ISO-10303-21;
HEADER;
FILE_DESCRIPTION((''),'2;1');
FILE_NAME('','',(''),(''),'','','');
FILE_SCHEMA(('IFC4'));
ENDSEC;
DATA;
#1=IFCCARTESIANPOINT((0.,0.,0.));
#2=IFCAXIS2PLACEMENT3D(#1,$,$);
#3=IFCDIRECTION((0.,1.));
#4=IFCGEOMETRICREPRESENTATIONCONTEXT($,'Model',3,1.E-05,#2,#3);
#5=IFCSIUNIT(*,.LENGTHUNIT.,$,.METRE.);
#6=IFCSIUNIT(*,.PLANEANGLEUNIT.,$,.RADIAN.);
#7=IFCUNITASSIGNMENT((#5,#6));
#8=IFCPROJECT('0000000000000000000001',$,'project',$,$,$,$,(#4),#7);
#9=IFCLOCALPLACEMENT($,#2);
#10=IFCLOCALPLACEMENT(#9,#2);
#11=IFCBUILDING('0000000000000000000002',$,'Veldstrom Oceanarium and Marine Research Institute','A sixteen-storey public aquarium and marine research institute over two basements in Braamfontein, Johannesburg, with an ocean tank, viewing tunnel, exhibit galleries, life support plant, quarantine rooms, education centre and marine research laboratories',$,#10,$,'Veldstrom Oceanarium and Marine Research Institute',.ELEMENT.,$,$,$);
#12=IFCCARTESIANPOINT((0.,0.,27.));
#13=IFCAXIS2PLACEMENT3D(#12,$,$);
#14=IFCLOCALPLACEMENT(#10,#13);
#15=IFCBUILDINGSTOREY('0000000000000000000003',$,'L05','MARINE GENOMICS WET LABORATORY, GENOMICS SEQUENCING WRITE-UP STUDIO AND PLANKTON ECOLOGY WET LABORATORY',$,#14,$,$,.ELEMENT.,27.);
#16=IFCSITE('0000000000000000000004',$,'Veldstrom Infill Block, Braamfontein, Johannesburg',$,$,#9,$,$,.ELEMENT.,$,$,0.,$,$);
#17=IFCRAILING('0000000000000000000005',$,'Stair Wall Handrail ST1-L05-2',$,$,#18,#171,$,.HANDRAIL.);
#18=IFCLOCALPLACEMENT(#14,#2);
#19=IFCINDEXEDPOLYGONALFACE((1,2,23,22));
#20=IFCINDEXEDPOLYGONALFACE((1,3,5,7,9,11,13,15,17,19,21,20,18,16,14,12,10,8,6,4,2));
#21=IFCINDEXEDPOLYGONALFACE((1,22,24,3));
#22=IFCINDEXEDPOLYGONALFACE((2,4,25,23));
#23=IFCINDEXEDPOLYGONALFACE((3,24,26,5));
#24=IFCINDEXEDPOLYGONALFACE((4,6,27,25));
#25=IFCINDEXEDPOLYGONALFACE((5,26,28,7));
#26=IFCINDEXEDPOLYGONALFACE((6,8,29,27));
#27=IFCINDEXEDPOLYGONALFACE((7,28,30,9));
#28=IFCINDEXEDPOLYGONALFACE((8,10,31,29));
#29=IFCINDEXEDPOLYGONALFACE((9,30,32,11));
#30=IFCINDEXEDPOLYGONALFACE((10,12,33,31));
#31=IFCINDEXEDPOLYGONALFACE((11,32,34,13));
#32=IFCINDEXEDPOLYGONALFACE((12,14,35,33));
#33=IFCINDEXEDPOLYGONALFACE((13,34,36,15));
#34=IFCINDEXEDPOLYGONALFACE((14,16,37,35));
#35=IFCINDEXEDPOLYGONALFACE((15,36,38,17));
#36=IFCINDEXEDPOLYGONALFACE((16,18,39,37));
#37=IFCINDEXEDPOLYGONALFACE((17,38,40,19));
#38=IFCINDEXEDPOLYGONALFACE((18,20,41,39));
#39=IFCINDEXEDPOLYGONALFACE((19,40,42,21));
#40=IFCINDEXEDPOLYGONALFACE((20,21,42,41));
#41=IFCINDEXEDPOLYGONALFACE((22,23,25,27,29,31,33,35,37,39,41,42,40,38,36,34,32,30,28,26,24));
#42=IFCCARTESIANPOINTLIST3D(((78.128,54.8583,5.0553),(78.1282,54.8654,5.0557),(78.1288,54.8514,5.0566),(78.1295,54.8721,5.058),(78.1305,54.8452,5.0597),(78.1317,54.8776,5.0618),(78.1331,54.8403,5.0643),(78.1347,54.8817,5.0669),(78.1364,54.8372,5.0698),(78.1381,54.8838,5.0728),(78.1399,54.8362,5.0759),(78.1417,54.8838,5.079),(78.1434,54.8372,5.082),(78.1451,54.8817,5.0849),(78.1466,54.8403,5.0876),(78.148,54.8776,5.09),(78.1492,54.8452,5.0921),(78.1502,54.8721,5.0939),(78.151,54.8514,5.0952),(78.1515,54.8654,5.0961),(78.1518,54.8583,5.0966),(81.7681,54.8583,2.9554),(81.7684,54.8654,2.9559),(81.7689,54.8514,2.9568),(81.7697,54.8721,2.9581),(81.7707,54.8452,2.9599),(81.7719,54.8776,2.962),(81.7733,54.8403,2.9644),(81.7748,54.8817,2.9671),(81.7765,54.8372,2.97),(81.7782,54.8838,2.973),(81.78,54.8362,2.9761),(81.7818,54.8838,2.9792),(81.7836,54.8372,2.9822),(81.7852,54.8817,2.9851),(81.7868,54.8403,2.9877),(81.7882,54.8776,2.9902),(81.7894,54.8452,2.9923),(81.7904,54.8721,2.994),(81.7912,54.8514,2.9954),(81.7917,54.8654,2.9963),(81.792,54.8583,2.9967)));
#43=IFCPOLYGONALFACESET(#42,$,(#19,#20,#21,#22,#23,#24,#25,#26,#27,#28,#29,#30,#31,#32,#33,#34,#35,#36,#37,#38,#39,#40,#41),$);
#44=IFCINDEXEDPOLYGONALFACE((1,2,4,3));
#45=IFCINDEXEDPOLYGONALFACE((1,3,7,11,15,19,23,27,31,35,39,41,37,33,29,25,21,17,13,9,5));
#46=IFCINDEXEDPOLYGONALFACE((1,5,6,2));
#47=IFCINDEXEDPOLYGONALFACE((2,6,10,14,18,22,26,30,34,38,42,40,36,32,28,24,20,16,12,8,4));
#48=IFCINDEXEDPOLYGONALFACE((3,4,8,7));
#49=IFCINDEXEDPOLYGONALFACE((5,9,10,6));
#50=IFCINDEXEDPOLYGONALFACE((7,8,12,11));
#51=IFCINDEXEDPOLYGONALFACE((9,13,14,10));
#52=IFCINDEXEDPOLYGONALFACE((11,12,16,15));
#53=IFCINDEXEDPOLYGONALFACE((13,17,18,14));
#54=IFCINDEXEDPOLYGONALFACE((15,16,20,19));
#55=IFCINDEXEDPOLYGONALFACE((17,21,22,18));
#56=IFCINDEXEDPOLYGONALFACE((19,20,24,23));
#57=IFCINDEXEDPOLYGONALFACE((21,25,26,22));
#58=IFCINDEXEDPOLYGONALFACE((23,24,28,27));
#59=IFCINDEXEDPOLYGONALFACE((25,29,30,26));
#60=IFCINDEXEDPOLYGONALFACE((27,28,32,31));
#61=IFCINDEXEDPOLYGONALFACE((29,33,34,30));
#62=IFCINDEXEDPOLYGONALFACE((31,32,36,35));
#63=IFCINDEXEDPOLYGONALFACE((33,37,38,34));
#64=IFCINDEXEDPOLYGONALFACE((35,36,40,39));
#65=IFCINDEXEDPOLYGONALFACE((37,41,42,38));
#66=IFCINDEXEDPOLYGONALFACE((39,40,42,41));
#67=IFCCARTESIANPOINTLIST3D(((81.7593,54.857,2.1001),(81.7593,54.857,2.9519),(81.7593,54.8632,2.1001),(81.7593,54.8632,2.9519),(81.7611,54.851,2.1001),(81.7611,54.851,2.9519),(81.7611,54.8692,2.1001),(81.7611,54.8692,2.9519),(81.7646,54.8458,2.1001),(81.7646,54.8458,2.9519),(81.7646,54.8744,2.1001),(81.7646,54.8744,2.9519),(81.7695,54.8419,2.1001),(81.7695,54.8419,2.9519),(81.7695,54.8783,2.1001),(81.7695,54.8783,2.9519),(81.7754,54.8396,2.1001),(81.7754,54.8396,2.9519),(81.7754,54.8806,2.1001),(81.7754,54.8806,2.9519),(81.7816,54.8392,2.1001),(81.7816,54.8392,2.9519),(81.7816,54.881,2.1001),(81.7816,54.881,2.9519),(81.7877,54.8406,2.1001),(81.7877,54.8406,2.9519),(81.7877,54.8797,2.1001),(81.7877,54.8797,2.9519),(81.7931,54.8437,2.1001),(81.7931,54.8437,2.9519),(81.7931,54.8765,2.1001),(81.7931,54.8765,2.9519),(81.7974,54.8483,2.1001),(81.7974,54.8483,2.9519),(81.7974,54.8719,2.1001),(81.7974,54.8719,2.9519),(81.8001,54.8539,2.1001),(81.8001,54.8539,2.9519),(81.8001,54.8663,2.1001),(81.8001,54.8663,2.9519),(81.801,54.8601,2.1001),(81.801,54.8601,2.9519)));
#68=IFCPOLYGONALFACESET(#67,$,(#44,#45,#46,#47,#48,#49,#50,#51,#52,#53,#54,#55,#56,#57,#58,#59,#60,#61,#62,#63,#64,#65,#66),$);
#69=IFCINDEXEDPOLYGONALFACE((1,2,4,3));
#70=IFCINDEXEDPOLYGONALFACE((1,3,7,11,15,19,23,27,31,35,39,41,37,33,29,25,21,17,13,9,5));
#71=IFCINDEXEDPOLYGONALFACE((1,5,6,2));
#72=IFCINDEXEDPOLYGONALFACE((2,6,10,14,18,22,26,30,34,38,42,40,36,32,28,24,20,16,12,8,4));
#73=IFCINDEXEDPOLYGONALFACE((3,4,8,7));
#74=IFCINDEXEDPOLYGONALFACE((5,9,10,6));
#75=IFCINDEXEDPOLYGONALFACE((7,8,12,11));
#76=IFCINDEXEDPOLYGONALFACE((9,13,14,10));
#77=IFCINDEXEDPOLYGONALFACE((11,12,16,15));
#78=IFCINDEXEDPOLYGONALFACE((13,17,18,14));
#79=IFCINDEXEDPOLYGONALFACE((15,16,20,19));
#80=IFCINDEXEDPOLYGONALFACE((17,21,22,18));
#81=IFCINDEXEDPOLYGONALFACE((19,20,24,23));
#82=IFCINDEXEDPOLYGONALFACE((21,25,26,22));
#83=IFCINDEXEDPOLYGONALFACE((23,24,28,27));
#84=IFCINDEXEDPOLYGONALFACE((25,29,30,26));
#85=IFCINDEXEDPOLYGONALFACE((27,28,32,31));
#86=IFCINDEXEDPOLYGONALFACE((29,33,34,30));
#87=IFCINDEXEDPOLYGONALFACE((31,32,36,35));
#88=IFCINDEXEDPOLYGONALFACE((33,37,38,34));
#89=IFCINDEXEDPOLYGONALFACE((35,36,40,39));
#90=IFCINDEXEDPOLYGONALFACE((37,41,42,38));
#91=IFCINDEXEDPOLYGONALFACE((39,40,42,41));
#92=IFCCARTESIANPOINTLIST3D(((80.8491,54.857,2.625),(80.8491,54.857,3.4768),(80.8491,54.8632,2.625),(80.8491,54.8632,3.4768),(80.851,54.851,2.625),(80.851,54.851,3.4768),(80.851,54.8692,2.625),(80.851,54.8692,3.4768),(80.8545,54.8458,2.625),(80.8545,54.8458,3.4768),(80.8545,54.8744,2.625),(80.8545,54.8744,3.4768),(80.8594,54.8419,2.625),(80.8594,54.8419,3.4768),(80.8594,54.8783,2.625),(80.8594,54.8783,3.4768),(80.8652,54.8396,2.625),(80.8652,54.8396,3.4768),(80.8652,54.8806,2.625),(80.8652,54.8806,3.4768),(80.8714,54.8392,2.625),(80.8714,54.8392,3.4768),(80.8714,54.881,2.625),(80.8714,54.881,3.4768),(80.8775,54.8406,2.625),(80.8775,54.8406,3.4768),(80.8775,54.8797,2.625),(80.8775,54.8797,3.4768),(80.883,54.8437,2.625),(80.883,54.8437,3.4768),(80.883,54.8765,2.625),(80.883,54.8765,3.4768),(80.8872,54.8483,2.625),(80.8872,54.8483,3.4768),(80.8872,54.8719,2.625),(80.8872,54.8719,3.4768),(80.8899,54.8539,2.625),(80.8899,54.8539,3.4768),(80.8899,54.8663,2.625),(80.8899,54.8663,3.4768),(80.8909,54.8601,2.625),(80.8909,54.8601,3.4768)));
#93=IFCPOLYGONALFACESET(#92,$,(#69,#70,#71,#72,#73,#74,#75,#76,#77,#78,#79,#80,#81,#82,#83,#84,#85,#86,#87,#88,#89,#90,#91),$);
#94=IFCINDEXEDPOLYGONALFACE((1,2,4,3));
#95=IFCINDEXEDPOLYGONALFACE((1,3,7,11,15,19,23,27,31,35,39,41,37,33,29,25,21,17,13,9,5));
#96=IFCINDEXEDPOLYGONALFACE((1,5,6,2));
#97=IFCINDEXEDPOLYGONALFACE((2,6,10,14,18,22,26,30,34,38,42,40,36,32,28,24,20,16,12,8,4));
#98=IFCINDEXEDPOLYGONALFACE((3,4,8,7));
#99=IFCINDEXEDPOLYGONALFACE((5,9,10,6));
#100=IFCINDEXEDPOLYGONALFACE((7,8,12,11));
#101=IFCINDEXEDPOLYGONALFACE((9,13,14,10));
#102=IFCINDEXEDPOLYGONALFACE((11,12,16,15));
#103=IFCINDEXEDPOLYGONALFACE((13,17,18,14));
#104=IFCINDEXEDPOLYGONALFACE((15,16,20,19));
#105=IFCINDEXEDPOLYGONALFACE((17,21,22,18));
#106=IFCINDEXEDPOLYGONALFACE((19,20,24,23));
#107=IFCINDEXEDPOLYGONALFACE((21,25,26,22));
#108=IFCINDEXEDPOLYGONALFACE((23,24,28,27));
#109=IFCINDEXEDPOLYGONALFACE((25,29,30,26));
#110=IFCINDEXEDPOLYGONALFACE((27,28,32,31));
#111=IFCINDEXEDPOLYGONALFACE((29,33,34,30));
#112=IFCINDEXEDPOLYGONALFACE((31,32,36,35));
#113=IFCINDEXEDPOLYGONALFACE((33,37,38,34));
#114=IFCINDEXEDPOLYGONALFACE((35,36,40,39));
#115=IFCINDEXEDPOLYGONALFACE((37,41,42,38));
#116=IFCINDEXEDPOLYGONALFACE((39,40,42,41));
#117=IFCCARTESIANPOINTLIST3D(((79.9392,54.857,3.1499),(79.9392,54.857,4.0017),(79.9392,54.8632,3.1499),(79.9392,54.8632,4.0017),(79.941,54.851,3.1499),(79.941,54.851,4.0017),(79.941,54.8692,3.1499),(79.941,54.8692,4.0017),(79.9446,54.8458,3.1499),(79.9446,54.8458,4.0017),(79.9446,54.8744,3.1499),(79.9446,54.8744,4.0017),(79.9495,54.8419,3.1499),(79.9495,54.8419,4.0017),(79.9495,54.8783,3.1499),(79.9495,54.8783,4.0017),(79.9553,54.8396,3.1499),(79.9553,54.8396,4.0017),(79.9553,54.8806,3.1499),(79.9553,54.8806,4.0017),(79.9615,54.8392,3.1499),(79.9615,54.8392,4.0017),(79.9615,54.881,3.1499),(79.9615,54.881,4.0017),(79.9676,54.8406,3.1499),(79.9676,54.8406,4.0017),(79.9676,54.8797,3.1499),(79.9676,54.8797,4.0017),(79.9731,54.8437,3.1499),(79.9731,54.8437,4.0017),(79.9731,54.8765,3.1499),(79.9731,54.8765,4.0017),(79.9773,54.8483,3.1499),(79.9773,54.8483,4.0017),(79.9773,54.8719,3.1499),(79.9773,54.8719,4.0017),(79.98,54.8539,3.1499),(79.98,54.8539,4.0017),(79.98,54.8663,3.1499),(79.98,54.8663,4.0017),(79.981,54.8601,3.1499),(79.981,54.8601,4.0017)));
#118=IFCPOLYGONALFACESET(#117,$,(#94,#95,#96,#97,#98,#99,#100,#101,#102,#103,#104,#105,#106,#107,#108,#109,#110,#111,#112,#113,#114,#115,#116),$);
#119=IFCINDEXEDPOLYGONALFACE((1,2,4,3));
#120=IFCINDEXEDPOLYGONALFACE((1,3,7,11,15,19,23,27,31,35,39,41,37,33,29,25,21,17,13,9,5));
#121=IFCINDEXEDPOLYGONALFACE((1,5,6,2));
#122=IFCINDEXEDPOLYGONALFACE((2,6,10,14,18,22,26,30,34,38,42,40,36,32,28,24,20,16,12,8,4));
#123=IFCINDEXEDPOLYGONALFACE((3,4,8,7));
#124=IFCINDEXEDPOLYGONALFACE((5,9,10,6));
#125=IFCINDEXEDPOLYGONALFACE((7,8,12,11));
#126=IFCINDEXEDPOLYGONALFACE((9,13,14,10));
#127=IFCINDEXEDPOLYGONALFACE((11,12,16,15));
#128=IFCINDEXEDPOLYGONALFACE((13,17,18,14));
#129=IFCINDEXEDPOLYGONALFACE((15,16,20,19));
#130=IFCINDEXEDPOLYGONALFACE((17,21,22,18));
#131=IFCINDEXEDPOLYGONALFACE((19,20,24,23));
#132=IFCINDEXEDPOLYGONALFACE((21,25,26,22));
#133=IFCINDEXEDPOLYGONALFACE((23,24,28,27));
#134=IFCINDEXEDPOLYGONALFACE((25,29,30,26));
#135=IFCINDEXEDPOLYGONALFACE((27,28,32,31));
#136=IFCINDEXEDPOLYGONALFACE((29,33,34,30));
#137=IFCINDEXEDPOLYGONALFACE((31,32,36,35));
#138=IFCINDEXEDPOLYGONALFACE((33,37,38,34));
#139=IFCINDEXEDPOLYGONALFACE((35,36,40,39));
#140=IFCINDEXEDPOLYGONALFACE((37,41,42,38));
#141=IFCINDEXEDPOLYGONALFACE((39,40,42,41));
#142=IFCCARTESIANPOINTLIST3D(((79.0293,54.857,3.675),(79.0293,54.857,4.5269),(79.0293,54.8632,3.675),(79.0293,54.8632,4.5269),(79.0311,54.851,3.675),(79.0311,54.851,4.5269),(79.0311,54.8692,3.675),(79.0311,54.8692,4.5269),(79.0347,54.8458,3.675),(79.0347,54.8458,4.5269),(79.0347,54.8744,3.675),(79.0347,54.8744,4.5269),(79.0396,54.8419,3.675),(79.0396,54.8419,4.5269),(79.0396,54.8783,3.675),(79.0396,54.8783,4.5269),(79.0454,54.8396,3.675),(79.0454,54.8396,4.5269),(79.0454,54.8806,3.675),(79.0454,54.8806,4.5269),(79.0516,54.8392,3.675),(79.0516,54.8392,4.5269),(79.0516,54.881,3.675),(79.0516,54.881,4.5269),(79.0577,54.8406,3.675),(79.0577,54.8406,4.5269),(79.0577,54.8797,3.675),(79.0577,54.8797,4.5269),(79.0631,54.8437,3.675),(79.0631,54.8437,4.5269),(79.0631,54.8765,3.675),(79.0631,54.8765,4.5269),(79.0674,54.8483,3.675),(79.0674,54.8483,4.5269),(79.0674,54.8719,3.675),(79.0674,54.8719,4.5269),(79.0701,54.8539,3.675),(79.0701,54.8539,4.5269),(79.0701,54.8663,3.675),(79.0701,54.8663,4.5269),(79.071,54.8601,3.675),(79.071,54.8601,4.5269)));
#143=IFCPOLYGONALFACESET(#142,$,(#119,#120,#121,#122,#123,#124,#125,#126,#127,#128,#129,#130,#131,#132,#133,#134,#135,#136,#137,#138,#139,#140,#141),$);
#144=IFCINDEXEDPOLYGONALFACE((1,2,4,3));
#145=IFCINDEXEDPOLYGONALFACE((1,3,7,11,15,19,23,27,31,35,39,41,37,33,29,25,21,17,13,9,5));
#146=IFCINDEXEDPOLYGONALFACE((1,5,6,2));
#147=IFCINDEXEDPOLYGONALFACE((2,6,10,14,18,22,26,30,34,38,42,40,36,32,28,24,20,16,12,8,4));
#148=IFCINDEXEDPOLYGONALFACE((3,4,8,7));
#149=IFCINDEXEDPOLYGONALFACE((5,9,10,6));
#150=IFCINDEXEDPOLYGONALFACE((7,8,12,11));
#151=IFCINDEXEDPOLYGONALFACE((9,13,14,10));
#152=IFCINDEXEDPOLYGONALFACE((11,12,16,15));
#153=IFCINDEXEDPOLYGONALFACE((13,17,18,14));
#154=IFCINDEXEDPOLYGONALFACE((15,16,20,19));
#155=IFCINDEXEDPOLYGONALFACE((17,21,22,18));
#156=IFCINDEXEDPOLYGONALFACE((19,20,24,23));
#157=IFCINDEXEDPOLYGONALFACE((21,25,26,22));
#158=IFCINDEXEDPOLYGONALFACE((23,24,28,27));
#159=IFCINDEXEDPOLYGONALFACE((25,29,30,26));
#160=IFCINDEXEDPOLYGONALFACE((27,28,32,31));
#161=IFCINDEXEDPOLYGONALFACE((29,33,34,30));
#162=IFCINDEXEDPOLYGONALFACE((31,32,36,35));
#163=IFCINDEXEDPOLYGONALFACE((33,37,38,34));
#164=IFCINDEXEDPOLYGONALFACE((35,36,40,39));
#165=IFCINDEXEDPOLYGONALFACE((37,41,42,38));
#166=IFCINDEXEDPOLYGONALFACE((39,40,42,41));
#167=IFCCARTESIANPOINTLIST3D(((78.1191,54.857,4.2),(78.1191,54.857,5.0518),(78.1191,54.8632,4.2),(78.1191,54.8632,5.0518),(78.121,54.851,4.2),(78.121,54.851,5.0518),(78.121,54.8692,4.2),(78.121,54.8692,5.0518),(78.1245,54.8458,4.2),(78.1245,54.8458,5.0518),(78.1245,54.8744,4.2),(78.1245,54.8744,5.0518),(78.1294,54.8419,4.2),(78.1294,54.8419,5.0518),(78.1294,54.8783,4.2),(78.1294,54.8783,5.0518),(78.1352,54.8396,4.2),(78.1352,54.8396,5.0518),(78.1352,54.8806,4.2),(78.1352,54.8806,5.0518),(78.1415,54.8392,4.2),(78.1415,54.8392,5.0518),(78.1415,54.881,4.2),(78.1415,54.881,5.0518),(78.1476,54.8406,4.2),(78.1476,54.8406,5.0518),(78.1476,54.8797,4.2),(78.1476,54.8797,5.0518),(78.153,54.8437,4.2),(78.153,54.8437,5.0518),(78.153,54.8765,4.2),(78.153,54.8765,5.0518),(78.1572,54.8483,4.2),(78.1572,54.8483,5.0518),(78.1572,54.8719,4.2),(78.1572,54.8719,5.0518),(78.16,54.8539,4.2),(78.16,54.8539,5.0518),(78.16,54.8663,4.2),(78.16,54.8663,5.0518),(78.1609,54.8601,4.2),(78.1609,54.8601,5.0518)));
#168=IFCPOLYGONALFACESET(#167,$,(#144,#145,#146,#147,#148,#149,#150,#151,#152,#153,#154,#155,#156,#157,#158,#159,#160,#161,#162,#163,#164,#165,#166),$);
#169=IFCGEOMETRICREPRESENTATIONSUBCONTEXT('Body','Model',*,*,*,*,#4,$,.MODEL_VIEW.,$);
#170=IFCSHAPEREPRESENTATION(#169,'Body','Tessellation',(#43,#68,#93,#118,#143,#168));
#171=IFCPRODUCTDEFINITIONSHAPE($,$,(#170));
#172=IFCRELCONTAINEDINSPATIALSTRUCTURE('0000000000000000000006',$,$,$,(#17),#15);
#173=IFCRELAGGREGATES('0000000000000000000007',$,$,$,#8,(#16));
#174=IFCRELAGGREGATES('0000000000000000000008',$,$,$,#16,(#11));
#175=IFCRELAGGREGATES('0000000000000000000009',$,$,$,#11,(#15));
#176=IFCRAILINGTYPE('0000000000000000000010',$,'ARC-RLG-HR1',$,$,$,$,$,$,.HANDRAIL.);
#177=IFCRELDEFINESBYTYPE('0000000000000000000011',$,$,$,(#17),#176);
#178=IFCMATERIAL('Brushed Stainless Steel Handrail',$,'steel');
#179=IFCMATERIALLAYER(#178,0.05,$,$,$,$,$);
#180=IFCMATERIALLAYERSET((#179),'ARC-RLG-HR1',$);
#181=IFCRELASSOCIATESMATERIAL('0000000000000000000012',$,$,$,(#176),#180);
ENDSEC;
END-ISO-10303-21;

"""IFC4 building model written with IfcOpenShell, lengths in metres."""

from ifc_helpers import new_model, si_unit, direction, frame, origin, origin_2d, place, context, subcontext, project, spatial, circle, extrude, material, layer, layer_set, type_object, element, save


model = new_model("IFC4")

# Units and contexts
model_context = context("Model", 3, precision=1e-05, world=origin(), true_north=direction((0.0, 1.0)))
body_context = subcontext(model_context, "Body", "Model", "MODEL_VIEW")
ifc_project = project(units=[si_unit("LENGTHUNIT", "METRE"), si_unit("PLANEANGLEUNIT", "RADIAN")], contexts=[model_context])

# Site, building, storey
site_placement = place(None, origin())
site = spatial("IfcSite", under=ifc_project, at=site_placement, Name="Veldstrom Infill Block, Braamfontein, Johannesburg", CompositionType="ELEMENT", RefElevation=0.0)
building_placement = place(site_placement, origin())
building = spatial("IfcBuilding", under=site, at=building_placement, Name="Veldstrom Oceanarium and Marine Research Institute", Description="A sixteen-storey public aquarium and marine research institute over two basements in Braamfontein, Johannesburg, with an ocean tank, viewing tunnel, exhibit galleries, life support plant, quarantine rooms, education centre and marine research laboratories", LongName="Veldstrom Oceanarium and Marine Research Institute", CompositionType="ELEMENT")
storey_placement = place(building_placement, frame((0.0, 0.0, 27.0)))
storey = spatial("IfcBuildingStorey", under=building, at=storey_placement, Name="L05", Description="MARINE GENOMICS WET LABORATORY, GENOMICS SEQUENCING WRITE-UP STUDIO AND PLANKTON ECOLOGY WET LABORATORY", CompositionType="ELEMENT", Elevation=27.0)

# Railing
ifc_material_1 = material(Name="Brushed Stainless Steel Handrail", Category="steel")
ifc_layer_1 = layer(ifc_material_1, 0.05)
ifc_layer_set_1 = layer_set([ifc_layer_1], Name="ARC-RLG-HR1")
railing_type_1 = type_object("IfcRailingType", Name="ARC-RLG-HR1", PredefinedType="HANDRAIL", material=ifc_layer_set_1)
railing_1_placement = place(storey_placement, frame((81.78, 54.8601, 2.1001)))
element("IfcRailing", 1, at=railing_1_placement, inside=storey, type_object=railing_type_1, Name="Stair Wall Handrail ST1-L05-2", PredefinedType="HANDRAIL", context=body_context, shape_type="SweptSolid", body=[
    extrude(circle(Radius=0.0239, at=origin_2d()), frame((0.0, 0.0, 0.876), z_axis=(-0.866209, 0.0, 0.499682), x_axis=(0.0, -1.0, 0.0)), (0.0, 0.0, 1.0), 4.2024),
    extrude(circle(Radius=0.021, at=origin_2d()), origin(), (0.0, 0.0, 1.0), 0.8518),
    extrude(circle(Radius=0.021, at=origin_2d()), frame((-0.9102, 0.0, 0.5249)), (0.0, 0.0, 1.0), 0.8518),
    extrude(circle(Radius=0.021, at=origin_2d()), frame((-1.8201, 0.0, 1.0498)), (0.0, 0.0, 1.0), 0.8518),
    extrude(circle(Radius=0.021, at=origin_2d()), frame((-2.73, 0.0, 1.575)), (0.0, 0.0, 1.0), 0.8518),
    extrude(circle(Radius=0.021, at=origin_2d()), frame((-3.6401, 0.0, 2.0999)), (0.0, 0.0, 1.0), 0.8518),
])

save(model, "model.ifc")
